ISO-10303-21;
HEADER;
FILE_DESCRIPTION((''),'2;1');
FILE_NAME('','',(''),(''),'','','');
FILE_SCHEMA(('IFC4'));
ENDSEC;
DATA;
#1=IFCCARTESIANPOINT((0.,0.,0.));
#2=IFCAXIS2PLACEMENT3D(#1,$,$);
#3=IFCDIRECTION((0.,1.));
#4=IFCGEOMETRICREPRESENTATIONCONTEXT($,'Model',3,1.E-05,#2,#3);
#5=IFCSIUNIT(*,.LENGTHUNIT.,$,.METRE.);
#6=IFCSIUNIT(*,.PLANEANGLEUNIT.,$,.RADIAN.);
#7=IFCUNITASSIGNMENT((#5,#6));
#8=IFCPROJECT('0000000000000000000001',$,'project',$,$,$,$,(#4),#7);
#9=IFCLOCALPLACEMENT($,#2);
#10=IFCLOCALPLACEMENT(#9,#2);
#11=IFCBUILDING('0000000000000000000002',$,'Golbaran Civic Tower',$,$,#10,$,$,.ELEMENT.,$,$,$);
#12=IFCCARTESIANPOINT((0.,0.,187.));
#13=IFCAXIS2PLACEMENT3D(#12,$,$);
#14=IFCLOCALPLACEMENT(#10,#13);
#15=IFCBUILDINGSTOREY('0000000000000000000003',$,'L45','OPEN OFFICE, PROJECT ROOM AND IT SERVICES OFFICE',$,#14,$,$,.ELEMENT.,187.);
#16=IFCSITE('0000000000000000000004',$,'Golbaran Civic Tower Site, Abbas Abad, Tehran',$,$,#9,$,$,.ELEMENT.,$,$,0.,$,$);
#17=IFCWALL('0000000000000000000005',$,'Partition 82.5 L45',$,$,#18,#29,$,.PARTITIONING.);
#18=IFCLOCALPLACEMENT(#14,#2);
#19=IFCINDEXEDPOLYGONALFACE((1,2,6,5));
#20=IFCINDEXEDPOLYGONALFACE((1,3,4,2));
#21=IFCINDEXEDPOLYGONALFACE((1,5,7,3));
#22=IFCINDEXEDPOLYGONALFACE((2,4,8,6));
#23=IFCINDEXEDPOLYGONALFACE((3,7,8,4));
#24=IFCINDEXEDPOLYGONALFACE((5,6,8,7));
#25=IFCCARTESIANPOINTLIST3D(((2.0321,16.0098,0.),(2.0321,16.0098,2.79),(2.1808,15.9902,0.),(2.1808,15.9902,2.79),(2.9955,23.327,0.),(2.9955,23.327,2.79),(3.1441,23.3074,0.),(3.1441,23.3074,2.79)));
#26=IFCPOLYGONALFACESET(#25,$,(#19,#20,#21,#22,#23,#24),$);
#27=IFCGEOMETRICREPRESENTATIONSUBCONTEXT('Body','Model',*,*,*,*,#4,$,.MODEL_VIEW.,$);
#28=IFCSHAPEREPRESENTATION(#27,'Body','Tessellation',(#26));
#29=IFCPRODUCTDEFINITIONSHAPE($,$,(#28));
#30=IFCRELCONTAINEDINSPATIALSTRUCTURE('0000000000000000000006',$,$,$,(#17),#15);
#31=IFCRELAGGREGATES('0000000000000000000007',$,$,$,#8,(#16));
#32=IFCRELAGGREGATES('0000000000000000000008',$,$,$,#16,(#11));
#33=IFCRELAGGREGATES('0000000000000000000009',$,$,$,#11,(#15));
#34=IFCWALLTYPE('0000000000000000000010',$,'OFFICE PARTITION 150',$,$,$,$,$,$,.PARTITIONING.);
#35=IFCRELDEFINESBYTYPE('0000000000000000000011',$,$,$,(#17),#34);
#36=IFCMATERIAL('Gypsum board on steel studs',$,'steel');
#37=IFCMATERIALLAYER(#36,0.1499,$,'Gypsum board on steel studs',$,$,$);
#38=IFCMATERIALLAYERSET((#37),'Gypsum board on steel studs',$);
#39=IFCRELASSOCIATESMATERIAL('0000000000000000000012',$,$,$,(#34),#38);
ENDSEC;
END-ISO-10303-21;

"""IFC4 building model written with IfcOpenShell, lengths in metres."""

from ifc_helpers import new_model, si_unit, direction, frame, frame_2d, origin, place, context, subcontext, project, spatial, rectangle, extrude, material, layer, layer_set, type_object, element, save


model = new_model("IFC4")

# Units and contexts
model_context = context("Model", 3, precision=1e-05, world=origin(), true_north=direction((0.0, 1.0)))
body_context = subcontext(model_context, "Body", "Model", "MODEL_VIEW")
ifc_project = project(units=[si_unit("LENGTHUNIT", "METRE"), si_unit("PLANEANGLEUNIT", "RADIAN")], contexts=[model_context])

# Site, building, storey
site_placement = place(None, origin())
site = spatial("IfcSite", under=ifc_project, at=site_placement, Name="Golbaran Civic Tower Site, Abbas Abad, Tehran", CompositionType="ELEMENT", RefElevation=0.0)
building_placement = place(site_placement, origin())
building = spatial("IfcBuilding", under=site, at=building_placement, Name="Golbaran Civic Tower", CompositionType="ELEMENT")
storey_placement = place(building_placement, frame((0.0, 0.0, 187.0)))
storey = spatial("IfcBuildingStorey", under=building, at=storey_placement, Name="L45", Description="OPEN OFFICE, PROJECT ROOM AND IT SERVICES OFFICE", CompositionType="ELEMENT", Elevation=187.0)

# Shared definitions
ifc_material_1 = material(Name="Gypsum board on steel studs", Category="steel")
ifc_layer_1 = layer(ifc_material_1, 0.1499, Name="Gypsum board on steel studs")
ifc_layer_set_1 = layer_set([ifc_layer_1], Name="Gypsum board on steel studs")
wall_type_1 = type_object("IfcWallType", Name="OFFICE PARTITION 150", PredefinedType="PARTITIONING", material=ifc_layer_set_1)

# Wall
wall_1_placement = place(storey_placement, frame((2.1064, 16.0, 0.0), z_axis=(0.0, 0.0, 1.0), x_axis=(0.130534, 0.991444, 0.0)))
element("IfcWall", 1, at=wall_1_placement, inside=storey, type_object=wall_type_1, Name="Partition 82.5 L45", PredefinedType="PARTITIONING", context=body_context, shape_type="SweptSolid", body=[
    extrude(rectangle(XDim=7.3804, YDim=0.1499, at=frame_2d((3.6902, 0.0))), origin(), (0.0, 0.0, 1.0), 2.79),
])

save(model, "model.ifc")
